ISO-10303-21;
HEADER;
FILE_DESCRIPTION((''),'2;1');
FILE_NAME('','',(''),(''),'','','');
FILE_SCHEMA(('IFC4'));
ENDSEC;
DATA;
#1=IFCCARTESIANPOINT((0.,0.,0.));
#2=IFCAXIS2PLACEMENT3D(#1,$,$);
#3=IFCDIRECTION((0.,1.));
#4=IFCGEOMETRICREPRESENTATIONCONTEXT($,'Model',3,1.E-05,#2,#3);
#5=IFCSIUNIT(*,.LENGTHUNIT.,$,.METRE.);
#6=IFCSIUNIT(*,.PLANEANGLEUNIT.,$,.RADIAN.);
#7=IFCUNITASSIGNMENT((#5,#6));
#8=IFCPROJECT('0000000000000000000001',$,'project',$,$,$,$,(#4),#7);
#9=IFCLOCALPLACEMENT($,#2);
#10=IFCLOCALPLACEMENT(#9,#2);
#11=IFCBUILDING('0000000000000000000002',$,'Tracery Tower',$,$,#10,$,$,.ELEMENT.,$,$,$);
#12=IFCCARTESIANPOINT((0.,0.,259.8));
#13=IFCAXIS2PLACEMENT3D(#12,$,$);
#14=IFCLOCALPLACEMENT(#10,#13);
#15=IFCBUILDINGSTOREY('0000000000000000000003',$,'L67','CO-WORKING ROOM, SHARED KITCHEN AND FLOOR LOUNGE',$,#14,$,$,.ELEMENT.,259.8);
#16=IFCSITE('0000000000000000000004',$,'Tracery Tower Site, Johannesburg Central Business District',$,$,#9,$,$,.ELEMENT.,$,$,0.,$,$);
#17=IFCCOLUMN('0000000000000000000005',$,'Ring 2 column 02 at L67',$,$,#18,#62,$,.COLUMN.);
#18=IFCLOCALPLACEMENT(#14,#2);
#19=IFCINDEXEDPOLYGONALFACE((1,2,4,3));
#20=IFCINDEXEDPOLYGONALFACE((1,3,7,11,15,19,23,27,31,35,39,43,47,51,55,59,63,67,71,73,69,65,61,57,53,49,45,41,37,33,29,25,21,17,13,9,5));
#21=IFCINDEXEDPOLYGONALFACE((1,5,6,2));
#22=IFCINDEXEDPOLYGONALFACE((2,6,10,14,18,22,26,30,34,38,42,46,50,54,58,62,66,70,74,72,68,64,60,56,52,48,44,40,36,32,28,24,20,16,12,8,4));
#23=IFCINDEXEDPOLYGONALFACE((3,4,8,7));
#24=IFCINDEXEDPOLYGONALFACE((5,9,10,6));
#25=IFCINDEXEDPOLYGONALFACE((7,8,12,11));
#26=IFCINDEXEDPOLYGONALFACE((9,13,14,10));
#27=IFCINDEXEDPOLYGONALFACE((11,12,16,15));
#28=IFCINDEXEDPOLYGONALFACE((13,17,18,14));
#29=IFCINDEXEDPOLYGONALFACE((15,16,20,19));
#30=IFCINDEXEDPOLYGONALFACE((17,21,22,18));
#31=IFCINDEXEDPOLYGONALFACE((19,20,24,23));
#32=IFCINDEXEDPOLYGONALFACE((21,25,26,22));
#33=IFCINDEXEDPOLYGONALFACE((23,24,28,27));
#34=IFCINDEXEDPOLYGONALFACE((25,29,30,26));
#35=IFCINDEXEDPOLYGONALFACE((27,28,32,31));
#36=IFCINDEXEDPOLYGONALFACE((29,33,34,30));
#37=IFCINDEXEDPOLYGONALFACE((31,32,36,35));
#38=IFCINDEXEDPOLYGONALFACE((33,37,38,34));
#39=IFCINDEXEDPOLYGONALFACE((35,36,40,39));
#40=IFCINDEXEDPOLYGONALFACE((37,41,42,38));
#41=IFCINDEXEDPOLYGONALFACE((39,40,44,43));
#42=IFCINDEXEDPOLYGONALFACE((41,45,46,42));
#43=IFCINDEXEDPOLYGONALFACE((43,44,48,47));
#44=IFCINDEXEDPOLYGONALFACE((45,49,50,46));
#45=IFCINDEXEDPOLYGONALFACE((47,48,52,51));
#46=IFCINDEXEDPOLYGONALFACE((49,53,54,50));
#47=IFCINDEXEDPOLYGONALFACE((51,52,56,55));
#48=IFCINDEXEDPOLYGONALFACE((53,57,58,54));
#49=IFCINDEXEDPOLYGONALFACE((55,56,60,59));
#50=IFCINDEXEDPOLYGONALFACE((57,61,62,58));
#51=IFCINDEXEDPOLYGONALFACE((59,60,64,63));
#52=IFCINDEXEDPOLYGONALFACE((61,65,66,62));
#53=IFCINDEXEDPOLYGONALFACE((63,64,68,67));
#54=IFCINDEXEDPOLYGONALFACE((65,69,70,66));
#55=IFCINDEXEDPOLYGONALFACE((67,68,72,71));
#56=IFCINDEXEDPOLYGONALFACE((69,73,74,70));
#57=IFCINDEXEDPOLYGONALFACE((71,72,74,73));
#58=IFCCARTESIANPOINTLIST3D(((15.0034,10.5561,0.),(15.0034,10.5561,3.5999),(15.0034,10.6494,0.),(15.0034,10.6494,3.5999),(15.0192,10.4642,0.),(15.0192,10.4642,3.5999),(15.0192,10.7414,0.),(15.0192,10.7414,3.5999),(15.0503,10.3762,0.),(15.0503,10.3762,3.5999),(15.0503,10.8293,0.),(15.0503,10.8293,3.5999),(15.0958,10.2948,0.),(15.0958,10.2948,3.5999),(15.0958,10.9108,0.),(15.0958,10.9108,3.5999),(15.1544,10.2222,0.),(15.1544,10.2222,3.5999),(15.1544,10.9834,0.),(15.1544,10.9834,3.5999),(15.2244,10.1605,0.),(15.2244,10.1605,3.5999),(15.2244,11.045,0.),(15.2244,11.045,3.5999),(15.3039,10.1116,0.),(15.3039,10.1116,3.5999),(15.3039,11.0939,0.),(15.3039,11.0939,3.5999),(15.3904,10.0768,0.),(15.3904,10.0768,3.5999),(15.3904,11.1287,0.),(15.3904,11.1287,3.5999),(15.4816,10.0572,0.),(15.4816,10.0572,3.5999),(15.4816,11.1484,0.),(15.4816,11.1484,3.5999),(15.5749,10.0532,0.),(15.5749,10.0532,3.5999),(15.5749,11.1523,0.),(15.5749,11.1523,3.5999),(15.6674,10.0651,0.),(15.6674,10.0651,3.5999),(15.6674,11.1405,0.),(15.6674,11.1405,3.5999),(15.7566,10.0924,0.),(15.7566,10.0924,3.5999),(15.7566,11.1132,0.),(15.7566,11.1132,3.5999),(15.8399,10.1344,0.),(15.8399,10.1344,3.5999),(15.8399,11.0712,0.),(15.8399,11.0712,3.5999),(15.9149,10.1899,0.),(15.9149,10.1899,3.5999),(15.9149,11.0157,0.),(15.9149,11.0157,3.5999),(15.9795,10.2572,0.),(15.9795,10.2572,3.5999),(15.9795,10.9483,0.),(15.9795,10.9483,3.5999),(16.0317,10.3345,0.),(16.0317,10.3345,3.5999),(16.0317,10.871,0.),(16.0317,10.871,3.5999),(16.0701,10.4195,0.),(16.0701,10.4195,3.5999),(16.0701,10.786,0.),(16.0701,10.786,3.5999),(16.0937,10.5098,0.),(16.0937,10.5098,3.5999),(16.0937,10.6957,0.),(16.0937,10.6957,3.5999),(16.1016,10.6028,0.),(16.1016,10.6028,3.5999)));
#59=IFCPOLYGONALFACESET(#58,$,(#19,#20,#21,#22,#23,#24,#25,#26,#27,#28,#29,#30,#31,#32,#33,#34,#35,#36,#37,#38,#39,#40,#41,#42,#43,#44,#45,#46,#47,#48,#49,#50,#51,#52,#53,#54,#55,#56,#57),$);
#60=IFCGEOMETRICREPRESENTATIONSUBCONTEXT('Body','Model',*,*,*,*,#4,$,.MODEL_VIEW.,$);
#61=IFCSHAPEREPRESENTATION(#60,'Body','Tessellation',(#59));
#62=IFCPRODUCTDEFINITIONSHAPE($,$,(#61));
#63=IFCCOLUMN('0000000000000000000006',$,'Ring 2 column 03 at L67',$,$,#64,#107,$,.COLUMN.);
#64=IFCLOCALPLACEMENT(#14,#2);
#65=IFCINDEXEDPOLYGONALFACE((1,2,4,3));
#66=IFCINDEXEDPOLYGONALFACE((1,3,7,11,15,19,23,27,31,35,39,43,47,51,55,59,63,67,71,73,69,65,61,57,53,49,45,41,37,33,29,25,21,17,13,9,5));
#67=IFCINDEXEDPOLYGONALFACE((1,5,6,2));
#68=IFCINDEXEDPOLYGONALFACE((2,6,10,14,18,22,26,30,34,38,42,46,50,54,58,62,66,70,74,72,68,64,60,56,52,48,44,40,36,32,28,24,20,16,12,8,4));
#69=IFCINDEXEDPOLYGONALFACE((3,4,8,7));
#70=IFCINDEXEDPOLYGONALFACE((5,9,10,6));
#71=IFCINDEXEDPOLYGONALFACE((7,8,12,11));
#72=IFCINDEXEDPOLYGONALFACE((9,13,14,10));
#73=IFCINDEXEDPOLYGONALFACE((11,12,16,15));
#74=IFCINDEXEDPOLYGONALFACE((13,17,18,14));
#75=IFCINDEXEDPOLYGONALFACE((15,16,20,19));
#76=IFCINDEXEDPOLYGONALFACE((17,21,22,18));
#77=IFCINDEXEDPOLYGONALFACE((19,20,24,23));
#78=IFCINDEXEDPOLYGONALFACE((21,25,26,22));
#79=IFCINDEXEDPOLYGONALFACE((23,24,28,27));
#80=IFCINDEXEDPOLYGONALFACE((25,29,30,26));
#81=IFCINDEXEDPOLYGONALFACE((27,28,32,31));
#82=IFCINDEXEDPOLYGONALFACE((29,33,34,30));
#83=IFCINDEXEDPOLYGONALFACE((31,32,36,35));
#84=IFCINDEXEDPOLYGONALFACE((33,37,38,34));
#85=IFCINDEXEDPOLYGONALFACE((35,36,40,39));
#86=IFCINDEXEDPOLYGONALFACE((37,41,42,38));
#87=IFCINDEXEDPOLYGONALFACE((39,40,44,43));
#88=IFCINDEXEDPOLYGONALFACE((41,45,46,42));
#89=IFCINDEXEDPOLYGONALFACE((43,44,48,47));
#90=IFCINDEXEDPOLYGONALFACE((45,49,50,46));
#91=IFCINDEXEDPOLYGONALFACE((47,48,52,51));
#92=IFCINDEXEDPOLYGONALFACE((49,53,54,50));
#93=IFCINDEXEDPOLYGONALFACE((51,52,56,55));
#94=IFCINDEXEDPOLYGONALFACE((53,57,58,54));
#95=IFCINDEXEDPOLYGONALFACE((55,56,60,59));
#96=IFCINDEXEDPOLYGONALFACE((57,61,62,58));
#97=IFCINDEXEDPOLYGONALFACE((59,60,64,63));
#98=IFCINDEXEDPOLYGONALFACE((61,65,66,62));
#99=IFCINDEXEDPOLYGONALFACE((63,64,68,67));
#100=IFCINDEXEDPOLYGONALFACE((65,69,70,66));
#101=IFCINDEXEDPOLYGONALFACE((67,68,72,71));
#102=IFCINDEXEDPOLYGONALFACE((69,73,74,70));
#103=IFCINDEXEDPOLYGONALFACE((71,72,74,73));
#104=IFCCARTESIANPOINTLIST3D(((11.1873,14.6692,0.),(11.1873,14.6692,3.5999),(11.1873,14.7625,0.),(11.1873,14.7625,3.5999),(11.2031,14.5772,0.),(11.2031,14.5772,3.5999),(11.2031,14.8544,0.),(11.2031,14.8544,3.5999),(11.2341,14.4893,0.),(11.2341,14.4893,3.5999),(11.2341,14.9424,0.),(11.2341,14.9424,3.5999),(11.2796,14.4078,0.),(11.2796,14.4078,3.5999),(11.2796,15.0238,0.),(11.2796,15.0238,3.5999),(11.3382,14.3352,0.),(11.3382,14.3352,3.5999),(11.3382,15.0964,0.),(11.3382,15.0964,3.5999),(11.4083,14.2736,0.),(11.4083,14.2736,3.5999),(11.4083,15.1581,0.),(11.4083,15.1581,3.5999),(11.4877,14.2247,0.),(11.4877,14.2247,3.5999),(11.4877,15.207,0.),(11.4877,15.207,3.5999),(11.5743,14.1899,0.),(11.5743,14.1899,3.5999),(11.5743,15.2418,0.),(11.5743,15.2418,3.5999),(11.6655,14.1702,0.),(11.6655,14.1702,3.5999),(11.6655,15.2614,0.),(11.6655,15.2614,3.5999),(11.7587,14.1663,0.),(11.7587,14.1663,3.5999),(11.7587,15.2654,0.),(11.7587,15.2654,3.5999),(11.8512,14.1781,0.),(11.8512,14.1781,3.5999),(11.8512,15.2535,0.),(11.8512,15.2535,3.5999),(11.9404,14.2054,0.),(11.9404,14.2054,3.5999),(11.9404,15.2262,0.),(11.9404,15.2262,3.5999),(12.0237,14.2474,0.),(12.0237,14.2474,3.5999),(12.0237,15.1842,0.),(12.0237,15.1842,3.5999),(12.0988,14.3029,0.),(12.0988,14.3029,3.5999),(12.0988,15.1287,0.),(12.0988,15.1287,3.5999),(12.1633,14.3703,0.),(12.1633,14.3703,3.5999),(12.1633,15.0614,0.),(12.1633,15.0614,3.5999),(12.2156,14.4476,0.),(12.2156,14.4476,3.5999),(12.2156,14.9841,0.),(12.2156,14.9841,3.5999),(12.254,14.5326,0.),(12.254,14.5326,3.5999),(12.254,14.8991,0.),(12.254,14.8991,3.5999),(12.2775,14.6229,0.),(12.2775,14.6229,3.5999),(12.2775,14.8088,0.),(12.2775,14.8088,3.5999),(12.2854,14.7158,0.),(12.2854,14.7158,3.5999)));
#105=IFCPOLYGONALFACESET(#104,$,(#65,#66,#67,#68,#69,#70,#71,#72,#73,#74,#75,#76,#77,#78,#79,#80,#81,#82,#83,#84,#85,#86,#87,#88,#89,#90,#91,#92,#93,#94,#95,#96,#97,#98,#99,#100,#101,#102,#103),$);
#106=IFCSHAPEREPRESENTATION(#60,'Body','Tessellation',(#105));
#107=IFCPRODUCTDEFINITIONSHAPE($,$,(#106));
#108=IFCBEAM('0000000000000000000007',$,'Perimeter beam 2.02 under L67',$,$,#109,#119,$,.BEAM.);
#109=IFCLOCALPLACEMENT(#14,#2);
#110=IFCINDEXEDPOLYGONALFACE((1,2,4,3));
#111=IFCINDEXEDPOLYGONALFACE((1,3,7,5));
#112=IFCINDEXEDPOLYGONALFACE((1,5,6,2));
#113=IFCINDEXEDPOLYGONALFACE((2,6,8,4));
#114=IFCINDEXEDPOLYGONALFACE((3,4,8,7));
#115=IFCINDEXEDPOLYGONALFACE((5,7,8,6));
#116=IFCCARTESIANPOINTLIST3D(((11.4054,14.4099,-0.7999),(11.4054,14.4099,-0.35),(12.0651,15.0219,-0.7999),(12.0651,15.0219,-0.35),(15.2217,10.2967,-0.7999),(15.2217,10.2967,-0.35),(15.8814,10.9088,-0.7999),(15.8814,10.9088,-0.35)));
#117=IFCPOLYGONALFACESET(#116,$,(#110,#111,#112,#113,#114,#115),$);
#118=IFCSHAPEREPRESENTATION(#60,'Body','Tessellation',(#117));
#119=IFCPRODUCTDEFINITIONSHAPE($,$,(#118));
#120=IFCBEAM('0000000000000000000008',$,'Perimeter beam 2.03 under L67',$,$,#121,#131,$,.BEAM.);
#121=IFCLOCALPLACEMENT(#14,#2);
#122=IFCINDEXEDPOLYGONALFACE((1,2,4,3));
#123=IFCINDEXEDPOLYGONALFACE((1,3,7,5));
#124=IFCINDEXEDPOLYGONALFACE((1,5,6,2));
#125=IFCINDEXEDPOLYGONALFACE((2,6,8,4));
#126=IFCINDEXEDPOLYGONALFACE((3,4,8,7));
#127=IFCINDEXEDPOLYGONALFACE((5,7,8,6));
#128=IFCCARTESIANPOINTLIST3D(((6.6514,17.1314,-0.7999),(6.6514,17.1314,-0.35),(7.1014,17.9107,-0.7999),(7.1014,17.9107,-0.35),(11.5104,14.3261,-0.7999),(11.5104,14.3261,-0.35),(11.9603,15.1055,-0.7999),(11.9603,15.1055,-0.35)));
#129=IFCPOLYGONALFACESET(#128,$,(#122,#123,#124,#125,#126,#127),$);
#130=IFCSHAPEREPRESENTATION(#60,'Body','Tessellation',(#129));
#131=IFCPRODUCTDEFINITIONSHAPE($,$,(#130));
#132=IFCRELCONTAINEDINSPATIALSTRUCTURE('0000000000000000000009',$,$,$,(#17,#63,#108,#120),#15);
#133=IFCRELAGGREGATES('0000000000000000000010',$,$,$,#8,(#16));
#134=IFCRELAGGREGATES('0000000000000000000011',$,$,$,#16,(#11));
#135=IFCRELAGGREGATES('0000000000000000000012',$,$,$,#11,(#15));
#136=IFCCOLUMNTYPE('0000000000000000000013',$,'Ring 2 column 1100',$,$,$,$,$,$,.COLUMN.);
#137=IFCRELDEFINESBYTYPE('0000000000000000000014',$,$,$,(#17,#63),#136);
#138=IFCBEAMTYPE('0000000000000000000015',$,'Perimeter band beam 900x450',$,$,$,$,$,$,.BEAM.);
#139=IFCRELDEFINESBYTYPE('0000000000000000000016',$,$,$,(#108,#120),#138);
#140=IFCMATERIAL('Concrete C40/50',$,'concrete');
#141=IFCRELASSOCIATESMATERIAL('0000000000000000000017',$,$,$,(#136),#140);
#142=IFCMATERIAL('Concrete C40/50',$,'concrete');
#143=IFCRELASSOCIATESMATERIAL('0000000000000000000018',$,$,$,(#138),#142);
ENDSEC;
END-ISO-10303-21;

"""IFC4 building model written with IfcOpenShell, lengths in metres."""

from ifc_helpers import new_model, si_unit, direction, frame, origin, origin_2d, place, context, subcontext, project, spatial, rectangle, circle, extrude, material, material_profile, profile_set, type_object, element, save


model = new_model("IFC4")

# Units and contexts
model_context = context("Model", 3, precision=1e-05, world=origin(), true_north=direction((0.0, 1.0)))
body_context = subcontext(model_context, "Body", "Model", "MODEL_VIEW")
ifc_project = project(units=[si_unit("LENGTHUNIT", "METRE"), si_unit("PLANEANGLEUNIT", "RADIAN")], contexts=[model_context])

# Site, building, storey
site_placement = place(None, origin())
site = spatial("IfcSite", under=ifc_project, at=site_placement, Name="Tracery Tower Site, Johannesburg Central Business District", CompositionType="ELEMENT", RefElevation=0.0)
building_placement = place(site_placement, origin())
building = spatial("IfcBuilding", under=site, at=building_placement, Name="Tracery Tower", CompositionType="ELEMENT")
storey_placement = place(building_placement, frame((0.0, 0.0, 259.8)))
storey = spatial("IfcBuildingStorey", under=building, at=storey_placement, Name="L67", Description="CO-WORKING ROOM, SHARED KITCHEN AND FLOOR LOUNGE", CompositionType="ELEMENT", Elevation=259.8)

# Columns
ifc_material_1 = material(Name="Concrete C40/50", Category="concrete")
ifc_material_profile_1 = material_profile(ifc_material_1, circle(Radius=0.55, at=origin_2d()), Name="RC D1100")
ifc_profile_set_1 = profile_set([ifc_material_profile_1], Name="Concrete C40/50")
column_type = type_object("IfcColumnType", Name="Ring 2 column 1100", PredefinedType="COLUMN", material=ifc_profile_set_1)
for number, where, z_axis, x_axis, name in (
    (1, (15.5515, 10.6028, 0.0), (0.0, 0.0, 1.0), (1.0, 0.0, 0.0), "Ring 2 column 02 at L67"),
    (2, (11.7354, 14.7158, 0.0), (0.0, 0.0, 1.0), (1.0, 0.0, 0.0), "Ring 2 column 03 at L67"),
):
    element("IfcColumn", number, at=place(storey_placement, frame(where, z_axis=z_axis, x_axis=x_axis)), inside=storey, type_object=column_type, Name=name, PredefinedType="COLUMN", context=body_context, shape_type="SweptSolid", body=[
        extrude(circle(Radius=0.55, at=origin_2d()), origin(), (0.0, 0.0, 1.0), 3.5999),
    ])

# Beams
ifc_material_2 = material(Name="Concrete C40/50", Category="concrete")
ifc_material_profile_2 = material_profile(ifc_material_2, rectangle(XDim=0.8999, YDim=0.45, at=origin_2d()), Name="RC 900x450")
ifc_profile_set_2 = profile_set([ifc_material_profile_2], Name="Concrete C40/50")
beam_type = type_object("IfcBeamType", Name="Perimeter band beam 900x450", PredefinedType="BEAM", material=ifc_profile_set_2)
beam_1_placement = place(storey_placement, frame((15.5515, 10.6028, -0.575), z_axis=(-0.680156, 0.733068, 0.0), x_axis=(-0.733068, -0.680156, 0.0)))
element("IfcBeam", 3, at=beam_1_placement, inside=storey, type_object=beam_type, Name="Perimeter beam 2.02 under L67", PredefinedType="BEAM", context=body_context, shape_type="SweptSolid", body=[
    extrude(rectangle(XDim=0.8999, YDim=0.45, at=origin_2d()), origin(), (0.0, 0.0, 1.0), 5.6108),
])
beam_2_placement = place(storey_placement, frame((11.7354, 14.7158, -0.575), z_axis=(-0.866033, 0.499986, 0.0), x_axis=(-0.499986, -0.866033, 0.0)))
element("IfcBeam", 4, at=beam_2_placement, inside=storey, type_object=beam_type, Name="Perimeter beam 2.03 under L67", PredefinedType="BEAM", context=body_context, shape_type="SweptSolid", body=[
    extrude(rectangle(XDim=0.8999, YDim=0.45, at=origin_2d()), origin(), (0.0, 0.0, 1.0), 5.6106),
])

save(model, "model.ifc")
